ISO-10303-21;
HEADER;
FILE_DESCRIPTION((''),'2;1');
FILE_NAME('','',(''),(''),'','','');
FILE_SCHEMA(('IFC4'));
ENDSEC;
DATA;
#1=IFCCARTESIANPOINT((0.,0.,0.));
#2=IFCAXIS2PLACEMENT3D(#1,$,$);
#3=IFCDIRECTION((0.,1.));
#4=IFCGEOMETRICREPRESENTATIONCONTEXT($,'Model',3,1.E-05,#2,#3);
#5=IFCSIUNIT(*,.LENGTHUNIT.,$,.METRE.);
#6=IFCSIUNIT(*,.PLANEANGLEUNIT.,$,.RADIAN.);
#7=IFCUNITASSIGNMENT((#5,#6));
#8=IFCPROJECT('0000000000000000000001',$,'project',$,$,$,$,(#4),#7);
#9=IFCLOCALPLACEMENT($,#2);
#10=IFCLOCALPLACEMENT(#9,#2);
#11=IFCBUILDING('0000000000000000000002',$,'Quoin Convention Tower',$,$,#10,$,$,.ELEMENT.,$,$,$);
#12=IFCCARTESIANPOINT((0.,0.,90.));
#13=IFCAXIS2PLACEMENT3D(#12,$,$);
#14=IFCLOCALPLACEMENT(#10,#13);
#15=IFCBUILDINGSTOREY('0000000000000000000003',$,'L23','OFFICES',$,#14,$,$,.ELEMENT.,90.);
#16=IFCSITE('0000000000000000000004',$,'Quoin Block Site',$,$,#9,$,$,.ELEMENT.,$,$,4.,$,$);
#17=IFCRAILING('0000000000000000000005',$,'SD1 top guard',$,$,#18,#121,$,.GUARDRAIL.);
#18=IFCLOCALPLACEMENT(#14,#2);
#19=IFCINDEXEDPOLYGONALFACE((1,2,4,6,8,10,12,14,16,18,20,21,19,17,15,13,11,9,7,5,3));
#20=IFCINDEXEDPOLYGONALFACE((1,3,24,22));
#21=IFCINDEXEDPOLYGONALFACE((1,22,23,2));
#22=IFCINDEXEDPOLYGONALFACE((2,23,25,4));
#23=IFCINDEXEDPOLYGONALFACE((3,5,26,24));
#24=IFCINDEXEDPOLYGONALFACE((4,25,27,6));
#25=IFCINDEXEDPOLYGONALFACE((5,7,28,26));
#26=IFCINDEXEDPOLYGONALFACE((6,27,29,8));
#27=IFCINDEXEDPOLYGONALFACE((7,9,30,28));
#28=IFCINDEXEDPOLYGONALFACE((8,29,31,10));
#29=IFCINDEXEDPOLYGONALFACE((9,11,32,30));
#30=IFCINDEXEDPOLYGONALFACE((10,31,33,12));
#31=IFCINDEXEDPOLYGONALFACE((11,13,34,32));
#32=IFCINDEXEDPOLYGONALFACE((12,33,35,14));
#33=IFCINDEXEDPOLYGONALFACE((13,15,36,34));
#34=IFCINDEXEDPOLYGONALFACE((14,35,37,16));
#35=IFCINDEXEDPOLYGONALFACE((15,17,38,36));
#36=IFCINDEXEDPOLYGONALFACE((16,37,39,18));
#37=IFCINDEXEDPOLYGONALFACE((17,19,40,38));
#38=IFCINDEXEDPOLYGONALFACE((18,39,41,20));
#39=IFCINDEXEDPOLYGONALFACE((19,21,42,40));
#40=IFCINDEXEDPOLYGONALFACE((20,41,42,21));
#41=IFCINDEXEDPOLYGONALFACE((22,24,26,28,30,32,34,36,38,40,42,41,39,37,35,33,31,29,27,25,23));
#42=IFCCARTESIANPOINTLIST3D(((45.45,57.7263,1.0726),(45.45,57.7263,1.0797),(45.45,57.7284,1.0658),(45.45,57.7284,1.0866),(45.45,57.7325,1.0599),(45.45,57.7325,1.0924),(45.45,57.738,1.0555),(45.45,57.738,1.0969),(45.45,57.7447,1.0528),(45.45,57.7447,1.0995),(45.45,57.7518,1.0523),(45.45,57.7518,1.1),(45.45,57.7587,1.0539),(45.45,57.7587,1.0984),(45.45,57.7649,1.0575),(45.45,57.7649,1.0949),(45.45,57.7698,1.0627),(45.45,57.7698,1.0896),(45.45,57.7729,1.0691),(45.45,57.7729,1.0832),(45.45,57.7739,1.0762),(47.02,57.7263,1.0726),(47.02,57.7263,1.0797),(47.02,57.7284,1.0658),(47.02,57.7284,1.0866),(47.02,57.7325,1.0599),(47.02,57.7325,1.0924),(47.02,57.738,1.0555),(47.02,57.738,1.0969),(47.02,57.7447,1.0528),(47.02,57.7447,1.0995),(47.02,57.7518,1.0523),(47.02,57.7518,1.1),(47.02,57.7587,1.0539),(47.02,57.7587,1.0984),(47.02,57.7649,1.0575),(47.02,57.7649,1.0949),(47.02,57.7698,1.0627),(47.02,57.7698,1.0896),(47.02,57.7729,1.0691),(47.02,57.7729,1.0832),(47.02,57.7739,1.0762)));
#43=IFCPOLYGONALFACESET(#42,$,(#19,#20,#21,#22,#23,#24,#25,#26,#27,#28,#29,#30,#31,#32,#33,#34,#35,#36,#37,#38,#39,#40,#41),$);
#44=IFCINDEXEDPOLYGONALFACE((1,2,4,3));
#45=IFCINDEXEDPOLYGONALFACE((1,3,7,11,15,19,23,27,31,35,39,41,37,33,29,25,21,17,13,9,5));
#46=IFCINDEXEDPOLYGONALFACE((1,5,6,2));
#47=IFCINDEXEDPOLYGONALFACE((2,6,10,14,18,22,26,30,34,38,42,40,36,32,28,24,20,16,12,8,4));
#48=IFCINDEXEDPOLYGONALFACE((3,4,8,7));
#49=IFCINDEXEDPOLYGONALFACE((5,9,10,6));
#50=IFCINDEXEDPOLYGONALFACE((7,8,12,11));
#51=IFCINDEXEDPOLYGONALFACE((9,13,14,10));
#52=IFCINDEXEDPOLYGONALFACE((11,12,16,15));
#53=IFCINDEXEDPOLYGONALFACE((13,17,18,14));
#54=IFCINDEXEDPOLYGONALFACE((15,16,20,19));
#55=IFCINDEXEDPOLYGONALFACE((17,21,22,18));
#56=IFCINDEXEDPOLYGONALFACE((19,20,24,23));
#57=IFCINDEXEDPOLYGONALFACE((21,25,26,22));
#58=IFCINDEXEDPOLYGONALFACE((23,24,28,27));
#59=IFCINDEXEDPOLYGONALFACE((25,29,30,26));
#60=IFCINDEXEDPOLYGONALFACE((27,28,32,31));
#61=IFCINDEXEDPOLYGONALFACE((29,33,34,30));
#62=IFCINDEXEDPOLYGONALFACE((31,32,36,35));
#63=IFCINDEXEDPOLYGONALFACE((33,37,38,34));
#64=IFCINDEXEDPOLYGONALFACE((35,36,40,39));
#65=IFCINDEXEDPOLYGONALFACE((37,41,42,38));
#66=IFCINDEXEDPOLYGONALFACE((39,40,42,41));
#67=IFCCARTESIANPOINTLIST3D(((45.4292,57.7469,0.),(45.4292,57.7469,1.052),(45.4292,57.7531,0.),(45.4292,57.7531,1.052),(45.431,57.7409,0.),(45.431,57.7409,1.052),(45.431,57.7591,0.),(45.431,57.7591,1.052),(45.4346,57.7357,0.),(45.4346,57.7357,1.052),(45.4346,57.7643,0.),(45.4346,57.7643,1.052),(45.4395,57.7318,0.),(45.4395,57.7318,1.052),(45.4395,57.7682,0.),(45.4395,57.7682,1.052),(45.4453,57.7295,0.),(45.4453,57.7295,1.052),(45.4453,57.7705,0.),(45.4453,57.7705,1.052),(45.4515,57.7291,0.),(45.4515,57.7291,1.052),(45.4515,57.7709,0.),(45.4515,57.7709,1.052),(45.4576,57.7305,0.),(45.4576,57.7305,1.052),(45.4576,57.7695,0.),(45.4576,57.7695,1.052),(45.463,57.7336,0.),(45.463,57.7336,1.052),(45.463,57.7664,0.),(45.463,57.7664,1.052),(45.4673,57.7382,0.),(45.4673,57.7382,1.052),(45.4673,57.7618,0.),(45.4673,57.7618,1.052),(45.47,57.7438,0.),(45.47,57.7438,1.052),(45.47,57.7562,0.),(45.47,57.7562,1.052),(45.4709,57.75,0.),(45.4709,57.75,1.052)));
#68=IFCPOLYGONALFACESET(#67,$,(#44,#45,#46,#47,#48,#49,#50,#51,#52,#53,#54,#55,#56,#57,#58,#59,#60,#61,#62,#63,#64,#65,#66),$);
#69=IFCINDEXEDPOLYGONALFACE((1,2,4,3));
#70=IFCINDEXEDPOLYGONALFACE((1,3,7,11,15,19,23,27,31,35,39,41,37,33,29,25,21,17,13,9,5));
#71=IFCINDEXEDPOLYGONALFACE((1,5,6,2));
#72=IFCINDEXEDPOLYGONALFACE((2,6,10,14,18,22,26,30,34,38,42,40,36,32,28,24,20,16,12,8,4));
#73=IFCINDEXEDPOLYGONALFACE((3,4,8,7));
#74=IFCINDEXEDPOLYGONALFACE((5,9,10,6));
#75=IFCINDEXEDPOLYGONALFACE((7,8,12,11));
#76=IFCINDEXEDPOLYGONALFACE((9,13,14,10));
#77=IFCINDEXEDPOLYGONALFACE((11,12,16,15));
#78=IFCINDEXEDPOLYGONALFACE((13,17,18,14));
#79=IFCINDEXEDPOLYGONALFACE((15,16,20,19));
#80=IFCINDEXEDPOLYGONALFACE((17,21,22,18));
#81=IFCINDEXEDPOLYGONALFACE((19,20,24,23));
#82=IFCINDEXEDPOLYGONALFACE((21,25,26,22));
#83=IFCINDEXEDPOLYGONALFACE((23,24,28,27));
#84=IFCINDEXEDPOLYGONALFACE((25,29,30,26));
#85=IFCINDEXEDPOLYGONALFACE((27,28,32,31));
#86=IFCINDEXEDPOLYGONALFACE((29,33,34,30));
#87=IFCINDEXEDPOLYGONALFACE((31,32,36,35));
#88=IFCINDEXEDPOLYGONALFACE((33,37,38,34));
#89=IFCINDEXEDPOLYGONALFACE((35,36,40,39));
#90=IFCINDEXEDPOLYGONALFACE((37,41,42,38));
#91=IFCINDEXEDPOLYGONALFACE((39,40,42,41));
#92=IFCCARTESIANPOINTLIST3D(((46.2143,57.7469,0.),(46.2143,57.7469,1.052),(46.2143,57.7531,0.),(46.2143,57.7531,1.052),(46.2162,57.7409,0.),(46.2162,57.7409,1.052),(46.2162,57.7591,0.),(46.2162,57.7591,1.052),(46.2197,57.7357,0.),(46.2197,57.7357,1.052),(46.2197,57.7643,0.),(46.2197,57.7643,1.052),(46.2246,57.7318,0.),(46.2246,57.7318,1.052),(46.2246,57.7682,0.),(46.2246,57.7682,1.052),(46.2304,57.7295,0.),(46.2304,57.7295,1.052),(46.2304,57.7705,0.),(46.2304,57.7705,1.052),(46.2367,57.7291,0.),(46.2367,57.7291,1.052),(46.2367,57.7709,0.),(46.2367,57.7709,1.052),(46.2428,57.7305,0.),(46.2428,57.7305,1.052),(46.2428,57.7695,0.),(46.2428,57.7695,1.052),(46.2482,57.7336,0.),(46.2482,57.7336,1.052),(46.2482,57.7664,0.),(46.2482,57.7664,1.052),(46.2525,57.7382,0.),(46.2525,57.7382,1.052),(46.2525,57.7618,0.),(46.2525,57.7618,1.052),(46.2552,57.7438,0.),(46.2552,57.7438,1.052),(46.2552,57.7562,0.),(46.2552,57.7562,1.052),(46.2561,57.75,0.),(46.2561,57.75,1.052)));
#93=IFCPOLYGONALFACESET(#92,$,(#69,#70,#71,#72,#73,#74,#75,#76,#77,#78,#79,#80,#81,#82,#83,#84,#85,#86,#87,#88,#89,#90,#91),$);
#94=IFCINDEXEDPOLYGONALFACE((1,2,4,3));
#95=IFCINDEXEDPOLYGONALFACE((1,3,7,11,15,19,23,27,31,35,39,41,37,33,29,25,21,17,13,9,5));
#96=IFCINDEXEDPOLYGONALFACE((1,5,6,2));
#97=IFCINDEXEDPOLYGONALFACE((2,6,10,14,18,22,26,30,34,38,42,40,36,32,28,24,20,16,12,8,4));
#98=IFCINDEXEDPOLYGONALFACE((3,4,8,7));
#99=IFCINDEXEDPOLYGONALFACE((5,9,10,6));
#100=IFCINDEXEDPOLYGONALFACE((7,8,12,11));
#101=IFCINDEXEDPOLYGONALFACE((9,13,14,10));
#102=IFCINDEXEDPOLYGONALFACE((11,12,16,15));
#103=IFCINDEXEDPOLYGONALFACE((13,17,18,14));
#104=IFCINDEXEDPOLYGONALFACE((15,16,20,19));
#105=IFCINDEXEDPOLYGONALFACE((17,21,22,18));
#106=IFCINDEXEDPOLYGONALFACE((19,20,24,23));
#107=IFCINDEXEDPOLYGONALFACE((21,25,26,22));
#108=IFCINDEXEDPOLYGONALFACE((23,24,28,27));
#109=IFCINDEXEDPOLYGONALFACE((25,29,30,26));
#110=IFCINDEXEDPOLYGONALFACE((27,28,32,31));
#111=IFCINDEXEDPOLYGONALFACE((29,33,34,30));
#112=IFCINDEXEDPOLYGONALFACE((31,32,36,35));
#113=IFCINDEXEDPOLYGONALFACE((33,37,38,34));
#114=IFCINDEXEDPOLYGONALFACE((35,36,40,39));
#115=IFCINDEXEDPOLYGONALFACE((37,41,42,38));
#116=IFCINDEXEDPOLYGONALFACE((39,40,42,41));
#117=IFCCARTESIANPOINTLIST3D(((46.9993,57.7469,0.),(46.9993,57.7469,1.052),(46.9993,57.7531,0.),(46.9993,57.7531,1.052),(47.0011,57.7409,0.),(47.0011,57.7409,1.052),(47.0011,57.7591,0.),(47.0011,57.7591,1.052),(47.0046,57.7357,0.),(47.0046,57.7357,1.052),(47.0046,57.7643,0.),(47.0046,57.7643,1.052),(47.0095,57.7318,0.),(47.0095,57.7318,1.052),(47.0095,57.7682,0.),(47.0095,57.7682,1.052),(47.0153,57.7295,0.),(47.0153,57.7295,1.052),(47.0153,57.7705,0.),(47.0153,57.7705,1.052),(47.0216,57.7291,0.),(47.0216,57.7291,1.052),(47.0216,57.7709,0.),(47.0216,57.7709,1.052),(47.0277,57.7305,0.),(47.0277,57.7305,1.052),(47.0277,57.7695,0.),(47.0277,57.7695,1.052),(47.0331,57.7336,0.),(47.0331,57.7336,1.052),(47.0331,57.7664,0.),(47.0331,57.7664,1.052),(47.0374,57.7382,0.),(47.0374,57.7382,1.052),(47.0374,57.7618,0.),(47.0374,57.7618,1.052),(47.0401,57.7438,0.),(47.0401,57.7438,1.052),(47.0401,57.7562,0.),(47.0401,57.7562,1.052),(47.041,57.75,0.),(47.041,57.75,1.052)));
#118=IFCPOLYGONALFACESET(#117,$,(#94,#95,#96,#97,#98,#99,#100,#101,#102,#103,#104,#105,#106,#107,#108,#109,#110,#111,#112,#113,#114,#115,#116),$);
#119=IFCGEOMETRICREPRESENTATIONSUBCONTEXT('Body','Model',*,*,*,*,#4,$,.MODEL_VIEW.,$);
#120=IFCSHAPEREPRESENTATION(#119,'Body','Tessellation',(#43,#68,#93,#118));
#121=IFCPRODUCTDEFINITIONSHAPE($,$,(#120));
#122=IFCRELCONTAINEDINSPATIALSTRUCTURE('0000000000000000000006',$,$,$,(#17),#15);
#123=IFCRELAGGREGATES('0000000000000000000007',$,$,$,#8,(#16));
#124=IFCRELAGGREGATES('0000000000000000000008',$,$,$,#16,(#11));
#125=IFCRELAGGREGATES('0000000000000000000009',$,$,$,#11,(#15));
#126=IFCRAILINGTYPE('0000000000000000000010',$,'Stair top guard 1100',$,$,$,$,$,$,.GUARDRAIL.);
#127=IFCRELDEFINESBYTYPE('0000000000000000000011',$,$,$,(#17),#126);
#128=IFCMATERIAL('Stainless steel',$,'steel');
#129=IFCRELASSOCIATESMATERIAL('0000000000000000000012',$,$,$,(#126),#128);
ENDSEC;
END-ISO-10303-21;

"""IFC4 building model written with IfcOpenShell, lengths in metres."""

from ifc_helpers import new_model, si_unit, direction, frame, origin, origin_2d, place, context, subcontext, project, spatial, circle, extrude, material, type_object, element, save


model = new_model("IFC4")

# Units and contexts
model_context = context("Model", 3, precision=1e-05, world=origin(), true_north=direction((0.0, 1.0)))
body_context = subcontext(model_context, "Body", "Model", "MODEL_VIEW")
ifc_project = project(units=[si_unit("LENGTHUNIT", "METRE"), si_unit("PLANEANGLEUNIT", "RADIAN")], contexts=[model_context])

# Site, building, storey
site_placement = place(None, origin())
site = spatial("IfcSite", under=ifc_project, at=site_placement, Name="Quoin Block Site", CompositionType="ELEMENT", RefElevation=4.0)
building_placement = place(site_placement, origin())
building = spatial("IfcBuilding", under=site, at=building_placement, Name="Quoin Convention Tower", CompositionType="ELEMENT")
storey_placement = place(building_placement, frame((0.0, 0.0, 90.0)))
storey = spatial("IfcBuildingStorey", under=building, at=storey_placement, Name="L23", Description="OFFICES", CompositionType="ELEMENT", Elevation=90.0)

# Railing
ifc_material_1 = material(Name="Stainless steel", Category="steel")
railing_type = type_object("IfcRailingType", Name="Stair top guard 1100", PredefinedType="GUARDRAIL", material=ifc_material_1)
railing_placement = place(storey_placement, frame((45.45, 57.75, 0.0)))
element("IfcRailing", 1, at=railing_placement, inside=storey, type_object=railing_type, Name="SD1 top guard", PredefinedType="GUARDRAIL", context=body_context, shape_type="SweptSolid", body=[
    extrude(circle(Radius=0.0239, at=origin_2d()), frame((0.0, 0.0, 1.0762), z_axis=(1.0, 0.0, 0.0), x_axis=(0.0, 1.0, 0.0)), (0.0, 0.0, 1.0), 1.5701),
    extrude(circle(Radius=0.021, at=origin_2d()), origin(), (0.0, 0.0, 1.0), 1.052),
    extrude(circle(Radius=0.021, at=origin_2d()), frame((0.7852, 0.0, 0.0)), (0.0, 0.0, 1.0), 1.052),
    extrude(circle(Radius=0.021, at=origin_2d()), frame((1.5701, 0.0, 0.0)), (0.0, 0.0, 1.0), 1.052),
])

save(model, "model.ifc")
